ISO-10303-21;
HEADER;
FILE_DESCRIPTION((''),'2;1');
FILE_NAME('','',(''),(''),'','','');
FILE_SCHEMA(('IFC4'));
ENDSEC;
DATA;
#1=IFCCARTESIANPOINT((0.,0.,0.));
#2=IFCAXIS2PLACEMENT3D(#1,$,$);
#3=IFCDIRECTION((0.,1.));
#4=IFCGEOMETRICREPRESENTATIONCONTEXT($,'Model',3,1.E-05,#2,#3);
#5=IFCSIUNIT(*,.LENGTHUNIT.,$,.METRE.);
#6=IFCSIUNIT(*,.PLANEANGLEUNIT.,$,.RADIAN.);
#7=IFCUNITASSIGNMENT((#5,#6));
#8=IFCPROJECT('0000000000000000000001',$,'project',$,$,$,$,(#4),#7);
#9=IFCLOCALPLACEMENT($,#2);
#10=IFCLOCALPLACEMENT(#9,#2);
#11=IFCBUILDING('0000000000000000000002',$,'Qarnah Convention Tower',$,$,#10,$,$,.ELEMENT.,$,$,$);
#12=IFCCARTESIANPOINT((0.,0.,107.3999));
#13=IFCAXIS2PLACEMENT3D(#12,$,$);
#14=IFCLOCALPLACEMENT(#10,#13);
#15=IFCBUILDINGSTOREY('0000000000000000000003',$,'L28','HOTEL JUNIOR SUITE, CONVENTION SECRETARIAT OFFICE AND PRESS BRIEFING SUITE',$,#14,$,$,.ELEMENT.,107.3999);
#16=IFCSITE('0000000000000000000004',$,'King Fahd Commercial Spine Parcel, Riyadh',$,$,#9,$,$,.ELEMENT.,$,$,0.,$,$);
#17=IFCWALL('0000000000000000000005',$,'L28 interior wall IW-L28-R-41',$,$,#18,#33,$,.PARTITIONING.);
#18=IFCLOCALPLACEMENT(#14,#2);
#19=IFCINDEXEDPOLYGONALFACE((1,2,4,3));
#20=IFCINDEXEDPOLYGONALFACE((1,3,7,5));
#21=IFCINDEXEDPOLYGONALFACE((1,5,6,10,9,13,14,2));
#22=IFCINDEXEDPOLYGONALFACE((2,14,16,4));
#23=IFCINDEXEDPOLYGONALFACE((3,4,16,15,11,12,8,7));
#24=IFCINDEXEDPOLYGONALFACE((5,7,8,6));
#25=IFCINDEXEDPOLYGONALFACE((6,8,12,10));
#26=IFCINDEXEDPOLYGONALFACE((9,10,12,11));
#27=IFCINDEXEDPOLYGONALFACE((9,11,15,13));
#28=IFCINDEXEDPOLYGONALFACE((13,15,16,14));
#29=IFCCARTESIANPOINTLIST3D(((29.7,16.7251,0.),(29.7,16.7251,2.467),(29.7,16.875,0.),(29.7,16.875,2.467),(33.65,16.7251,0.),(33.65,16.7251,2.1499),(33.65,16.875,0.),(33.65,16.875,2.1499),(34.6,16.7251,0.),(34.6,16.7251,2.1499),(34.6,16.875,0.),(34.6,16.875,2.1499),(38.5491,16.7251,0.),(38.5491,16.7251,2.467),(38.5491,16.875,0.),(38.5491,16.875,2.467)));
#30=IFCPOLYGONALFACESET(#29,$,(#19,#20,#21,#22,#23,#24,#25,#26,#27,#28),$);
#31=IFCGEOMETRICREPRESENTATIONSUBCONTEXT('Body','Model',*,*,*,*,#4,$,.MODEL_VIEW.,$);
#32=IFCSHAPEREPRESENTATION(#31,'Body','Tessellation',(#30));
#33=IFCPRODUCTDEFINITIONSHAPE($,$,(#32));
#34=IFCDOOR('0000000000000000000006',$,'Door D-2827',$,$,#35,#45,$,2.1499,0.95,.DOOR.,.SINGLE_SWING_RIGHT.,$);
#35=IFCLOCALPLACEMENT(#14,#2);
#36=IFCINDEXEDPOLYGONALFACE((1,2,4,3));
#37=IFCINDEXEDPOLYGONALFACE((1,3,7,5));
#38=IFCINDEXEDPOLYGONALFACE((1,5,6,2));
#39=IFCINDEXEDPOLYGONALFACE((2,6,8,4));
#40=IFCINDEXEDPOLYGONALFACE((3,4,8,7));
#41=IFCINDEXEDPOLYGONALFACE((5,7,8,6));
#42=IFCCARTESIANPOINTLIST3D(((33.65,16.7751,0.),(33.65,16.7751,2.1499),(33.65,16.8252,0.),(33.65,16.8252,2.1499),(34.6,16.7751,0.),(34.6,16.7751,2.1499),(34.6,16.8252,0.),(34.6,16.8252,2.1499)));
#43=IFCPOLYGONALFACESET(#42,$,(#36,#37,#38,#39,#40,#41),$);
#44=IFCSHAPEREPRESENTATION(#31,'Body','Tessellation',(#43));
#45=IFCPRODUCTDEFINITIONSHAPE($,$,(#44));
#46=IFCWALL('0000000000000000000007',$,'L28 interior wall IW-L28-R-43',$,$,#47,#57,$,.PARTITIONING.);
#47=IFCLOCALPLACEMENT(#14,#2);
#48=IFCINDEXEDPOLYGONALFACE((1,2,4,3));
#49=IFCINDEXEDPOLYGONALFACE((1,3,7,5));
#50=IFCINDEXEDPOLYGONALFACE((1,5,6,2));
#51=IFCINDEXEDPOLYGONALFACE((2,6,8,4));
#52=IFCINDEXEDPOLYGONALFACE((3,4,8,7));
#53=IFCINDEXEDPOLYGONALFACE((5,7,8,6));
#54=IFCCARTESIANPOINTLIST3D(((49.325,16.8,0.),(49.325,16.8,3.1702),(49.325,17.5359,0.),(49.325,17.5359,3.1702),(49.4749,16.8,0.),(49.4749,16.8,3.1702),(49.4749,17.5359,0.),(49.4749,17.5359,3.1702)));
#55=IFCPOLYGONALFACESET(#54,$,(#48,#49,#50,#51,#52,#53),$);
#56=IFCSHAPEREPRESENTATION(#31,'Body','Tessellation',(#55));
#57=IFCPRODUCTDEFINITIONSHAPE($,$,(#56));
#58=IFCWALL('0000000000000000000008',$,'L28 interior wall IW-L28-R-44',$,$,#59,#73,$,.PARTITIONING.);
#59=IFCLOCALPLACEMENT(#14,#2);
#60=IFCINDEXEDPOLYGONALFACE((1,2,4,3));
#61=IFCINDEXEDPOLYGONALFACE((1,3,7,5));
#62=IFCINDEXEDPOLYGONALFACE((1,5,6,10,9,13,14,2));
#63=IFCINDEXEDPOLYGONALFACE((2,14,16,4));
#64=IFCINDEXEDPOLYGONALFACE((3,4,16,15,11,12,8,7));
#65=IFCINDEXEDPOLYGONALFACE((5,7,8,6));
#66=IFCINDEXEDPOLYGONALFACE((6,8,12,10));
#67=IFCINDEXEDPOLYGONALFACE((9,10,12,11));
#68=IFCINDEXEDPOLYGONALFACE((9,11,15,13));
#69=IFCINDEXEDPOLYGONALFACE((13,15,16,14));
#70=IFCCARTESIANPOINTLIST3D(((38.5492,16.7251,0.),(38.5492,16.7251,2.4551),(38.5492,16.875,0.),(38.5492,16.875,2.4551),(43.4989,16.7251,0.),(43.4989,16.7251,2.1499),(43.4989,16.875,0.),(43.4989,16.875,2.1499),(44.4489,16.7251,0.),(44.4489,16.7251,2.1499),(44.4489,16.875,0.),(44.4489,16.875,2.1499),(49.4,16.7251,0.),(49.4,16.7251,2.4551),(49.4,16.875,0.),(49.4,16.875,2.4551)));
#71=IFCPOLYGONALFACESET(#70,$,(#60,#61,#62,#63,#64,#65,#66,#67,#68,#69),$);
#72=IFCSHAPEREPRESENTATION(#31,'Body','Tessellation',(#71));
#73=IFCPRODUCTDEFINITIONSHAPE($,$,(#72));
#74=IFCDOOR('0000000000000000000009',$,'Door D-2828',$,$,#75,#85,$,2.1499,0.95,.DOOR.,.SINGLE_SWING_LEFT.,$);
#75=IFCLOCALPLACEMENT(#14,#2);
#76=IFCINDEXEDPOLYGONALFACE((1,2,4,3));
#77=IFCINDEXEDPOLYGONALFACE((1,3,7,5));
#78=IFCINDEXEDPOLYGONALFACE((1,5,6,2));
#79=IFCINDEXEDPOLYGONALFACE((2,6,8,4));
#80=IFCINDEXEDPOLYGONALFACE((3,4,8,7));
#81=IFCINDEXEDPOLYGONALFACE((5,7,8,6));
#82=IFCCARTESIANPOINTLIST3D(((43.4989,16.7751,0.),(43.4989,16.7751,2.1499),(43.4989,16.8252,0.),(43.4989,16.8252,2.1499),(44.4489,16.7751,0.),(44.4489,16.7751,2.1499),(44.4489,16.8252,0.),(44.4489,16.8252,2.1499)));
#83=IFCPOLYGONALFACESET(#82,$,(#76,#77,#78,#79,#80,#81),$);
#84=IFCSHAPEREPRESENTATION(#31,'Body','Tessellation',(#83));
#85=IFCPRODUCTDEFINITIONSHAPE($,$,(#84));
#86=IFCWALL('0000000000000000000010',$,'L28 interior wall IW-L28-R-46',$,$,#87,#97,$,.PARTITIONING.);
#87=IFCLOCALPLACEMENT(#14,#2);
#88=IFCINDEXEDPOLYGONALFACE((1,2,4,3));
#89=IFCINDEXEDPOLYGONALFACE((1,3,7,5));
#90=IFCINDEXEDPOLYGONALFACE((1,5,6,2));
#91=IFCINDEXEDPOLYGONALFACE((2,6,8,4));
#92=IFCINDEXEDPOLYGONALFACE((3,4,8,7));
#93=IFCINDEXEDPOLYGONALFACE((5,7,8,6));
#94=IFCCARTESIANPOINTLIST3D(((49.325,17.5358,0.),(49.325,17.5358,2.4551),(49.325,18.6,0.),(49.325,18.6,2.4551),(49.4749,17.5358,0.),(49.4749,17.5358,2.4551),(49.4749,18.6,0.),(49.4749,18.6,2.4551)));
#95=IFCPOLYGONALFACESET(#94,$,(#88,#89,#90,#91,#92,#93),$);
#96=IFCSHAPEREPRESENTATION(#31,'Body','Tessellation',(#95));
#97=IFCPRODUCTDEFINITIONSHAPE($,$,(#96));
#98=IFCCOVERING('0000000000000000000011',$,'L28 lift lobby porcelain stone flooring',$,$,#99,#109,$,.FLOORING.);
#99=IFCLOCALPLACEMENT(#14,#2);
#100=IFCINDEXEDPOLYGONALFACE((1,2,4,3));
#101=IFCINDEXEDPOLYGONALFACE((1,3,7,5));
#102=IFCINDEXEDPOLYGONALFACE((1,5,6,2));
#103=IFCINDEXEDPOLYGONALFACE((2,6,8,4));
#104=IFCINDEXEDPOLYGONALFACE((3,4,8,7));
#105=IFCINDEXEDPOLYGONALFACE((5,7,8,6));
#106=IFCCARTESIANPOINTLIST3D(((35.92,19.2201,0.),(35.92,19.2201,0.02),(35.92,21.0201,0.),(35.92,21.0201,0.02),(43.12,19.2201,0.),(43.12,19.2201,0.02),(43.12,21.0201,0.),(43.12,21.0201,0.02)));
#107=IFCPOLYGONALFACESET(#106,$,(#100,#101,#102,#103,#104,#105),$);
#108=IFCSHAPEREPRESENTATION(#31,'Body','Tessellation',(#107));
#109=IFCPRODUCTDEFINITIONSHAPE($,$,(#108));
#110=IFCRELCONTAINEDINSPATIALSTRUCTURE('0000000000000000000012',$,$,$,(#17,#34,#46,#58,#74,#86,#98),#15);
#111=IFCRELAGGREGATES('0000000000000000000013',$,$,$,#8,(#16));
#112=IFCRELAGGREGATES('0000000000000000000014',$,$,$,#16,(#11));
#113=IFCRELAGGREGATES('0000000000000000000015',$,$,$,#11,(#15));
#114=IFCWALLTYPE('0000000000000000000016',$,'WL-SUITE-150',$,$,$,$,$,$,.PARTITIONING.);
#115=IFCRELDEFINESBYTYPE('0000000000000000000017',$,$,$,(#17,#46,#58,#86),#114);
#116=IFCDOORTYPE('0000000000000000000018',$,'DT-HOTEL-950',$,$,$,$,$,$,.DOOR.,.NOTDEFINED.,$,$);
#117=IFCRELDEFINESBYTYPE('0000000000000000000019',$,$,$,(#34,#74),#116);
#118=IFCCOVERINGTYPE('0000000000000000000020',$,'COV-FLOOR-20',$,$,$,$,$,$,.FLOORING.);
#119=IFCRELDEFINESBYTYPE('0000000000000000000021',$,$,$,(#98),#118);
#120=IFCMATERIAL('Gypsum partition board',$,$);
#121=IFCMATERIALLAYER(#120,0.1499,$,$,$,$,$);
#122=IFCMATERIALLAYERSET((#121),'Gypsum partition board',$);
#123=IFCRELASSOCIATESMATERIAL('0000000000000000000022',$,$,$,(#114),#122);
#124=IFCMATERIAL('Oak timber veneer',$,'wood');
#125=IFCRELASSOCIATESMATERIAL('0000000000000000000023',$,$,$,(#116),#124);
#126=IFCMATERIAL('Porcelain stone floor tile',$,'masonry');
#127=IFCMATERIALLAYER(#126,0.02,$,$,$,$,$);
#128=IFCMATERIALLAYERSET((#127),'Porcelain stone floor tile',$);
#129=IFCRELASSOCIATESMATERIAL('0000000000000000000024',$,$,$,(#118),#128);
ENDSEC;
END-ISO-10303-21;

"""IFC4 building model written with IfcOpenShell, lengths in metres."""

from ifc_helpers import new_model, si_unit, direction, frame, frame_2d, origin, origin_2d, place, context, subcontext, project, spatial, rectangle, extrude, material, layer, layer_set, type_object, element, fill, save


model = new_model("IFC4")

# Units and contexts
model_context = context("Model", 3, precision=1e-05, world=origin(), true_north=direction((0.0, 1.0)))
body_context = subcontext(model_context, "Body", "Model", "MODEL_VIEW")
ifc_project = project(units=[si_unit("LENGTHUNIT", "METRE"), si_unit("PLANEANGLEUNIT", "RADIAN")], contexts=[model_context])

# Site, building, storey
site_placement = place(None, origin())
site = spatial("IfcSite", under=ifc_project, at=site_placement, Name="King Fahd Commercial Spine Parcel, Riyadh", CompositionType="ELEMENT", RefElevation=0.0)
building_placement = place(site_placement, origin())
building = spatial("IfcBuilding", under=site, at=building_placement, Name="Qarnah Convention Tower", CompositionType="ELEMENT")
storey_placement = place(building_placement, frame((0.0, 0.0, 107.3999)))
storey = spatial("IfcBuildingStorey", under=building, at=storey_placement, Name="L28", Description="HOTEL JUNIOR SUITE, CONVENTION SECRETARIAT OFFICE AND PRESS BRIEFING SUITE", CompositionType="ELEMENT", Elevation=107.3999)

# Wall, opening, door
ifc_material_1 = material(Name="Gypsum partition board")
ifc_layer_1 = layer(ifc_material_1, 0.1499)
ifc_layer_set_1 = layer_set([ifc_layer_1], Name="Gypsum partition board")
wall_type_1 = type_object("IfcWallType", Name="WL-SUITE-150", PredefinedType="PARTITIONING", material=ifc_layer_set_1)
wall_1_placement = place(storey_placement, frame((38.5491, 16.8, 0.0), z_axis=(0.0, 0.0, 1.0), x_axis=(-1.0, 0.0, 0.0)))
wall_1 = element("IfcWall", 1, at=wall_1_placement, inside=storey, type_object=wall_type_1, Name="L28 interior wall IW-L28-R-41", PredefinedType="PARTITIONING", context=body_context, shape_type="SweptSolid", body=[
    extrude(rectangle(XDim=8.8491, YDim=0.1499, at=frame_2d((4.4246, 0.0))), origin(), (0.0, 0.0, 1.0), 2.467),
])
opening_1_placement = place(wall_1_placement, frame((3.949, 0.0, 0.0)))
opening_1 = element("IfcOpeningElement", 2, at=opening_1_placement, cuts=wall_1, PredefinedType="OPENING", context=body_context, shape_type="SweptSolid", body=[
    extrude(rectangle(XDim=0.95, YDim=2.1499, at=frame_2d((0.4751, 1.075))), frame((0.0, 0.085, 0.0), z_axis=(0.0, -1.0, 0.0), x_axis=(1.0, 0.0, 0.0)), (0.0, 0.0, 1.0), 0.1699),
])
ifc_material_2 = material(Name="Oak timber veneer", Category="wood")
door_type_1 = type_object("IfcDoorType", Name="DT-HOTEL-950", OperationType="NOTDEFINED", PredefinedType="DOOR", material=ifc_material_2)
door_1_placement = place(opening_1_placement, origin())
door_1 = element("IfcDoor", 3, at=door_1_placement, inside=storey, type_object=door_type_1, Name="Door D-2827", OperationType="SINGLE_SWING_RIGHT", OverallHeight=2.1499, OverallWidth=0.95, PredefinedType="DOOR", context=body_context, shape_type="SweptSolid", body=[
    extrude(rectangle(XDim=0.95, YDim=2.1499, at=frame_2d((0.4751, 1.075))), frame((0.0, 0.0249, 0.0), z_axis=(0.0, -1.0, 0.0), x_axis=(1.0, 0.0, 0.0)), (0.0, 0.0, 1.0), 0.05),
])
fill(opening_1, door_1)

# Wall
wall_2_placement = place(storey_placement, frame((49.3999, 17.5359, 0.0), z_axis=(0.0, 0.0, 1.0), x_axis=(0.0, -1.0, 0.0)))
element("IfcWall", 4, at=wall_2_placement, inside=storey, type_object=wall_type_1, Name="L28 interior wall IW-L28-R-43", PredefinedType="PARTITIONING", context=body_context, shape_type="SweptSolid", body=[
    extrude(rectangle(XDim=0.7358, YDim=0.1499, at=frame_2d((0.3679, 0.0))), origin(), (0.0, 0.0, 1.0), 3.1702),
])

# Wall, opening, door
wall_3_placement = place(storey_placement, frame((49.3999, 16.8, 0.0), z_axis=(0.0, 0.0, 1.0), x_axis=(-1.0, 0.0, 0.0)))
wall_3 = element("IfcWall", 5, at=wall_3_placement, inside=storey, type_object=wall_type_1, Name="L28 interior wall IW-L28-R-44", PredefinedType="PARTITIONING", context=body_context, shape_type="SweptSolid", body=[
    extrude(rectangle(XDim=10.8508, YDim=0.1499, at=frame_2d((5.4253, 0.0))), origin(), (0.0, 0.0, 1.0), 2.4551),
])
opening_2_placement = place(wall_3_placement, frame((4.9509, 0.0, 0.0)))
opening_2 = element("IfcOpeningElement", 6, at=opening_2_placement, cuts=wall_3, PredefinedType="OPENING", context=body_context, shape_type="SweptSolid", body=[
    extrude(rectangle(XDim=0.95, YDim=2.1499, at=frame_2d((0.4751, 1.075))), frame((0.0, 0.085, 0.0), z_axis=(0.0, -1.0, 0.0), x_axis=(1.0, 0.0, 0.0)), (0.0, 0.0, 1.0), 0.1699),
])
door_2_placement = place(opening_2_placement, origin())
door_2 = element("IfcDoor", 7, at=door_2_placement, inside=storey, type_object=door_type_1, Name="Door D-2828", OperationType="SINGLE_SWING_LEFT", OverallHeight=2.1499, OverallWidth=0.95, PredefinedType="DOOR", context=body_context, shape_type="SweptSolid", body=[
    extrude(rectangle(XDim=0.95, YDim=2.1499, at=frame_2d((0.4751, 1.075))), frame((0.0, 0.0249, 0.0), z_axis=(0.0, -1.0, 0.0), x_axis=(1.0, 0.0, 0.0)), (0.0, 0.0, 1.0), 0.05),
])
fill(opening_2, door_2)

# Wall
wall_4_placement = place(storey_placement, frame((49.3999, 18.6001, 0.0), z_axis=(0.0, 0.0, 1.0), x_axis=(0.0, -1.0, 0.0)))
element("IfcWall", 8, at=wall_4_placement, inside=storey, type_object=wall_type_1, Name="L28 interior wall IW-L28-R-46", PredefinedType="PARTITIONING", context=body_context, shape_type="SweptSolid", body=[
    extrude(rectangle(XDim=1.0642, YDim=0.1499, at=frame_2d((0.5322, 0.0))), origin(), (0.0, 0.0, 1.0), 2.4551),
])

# Covering
ifc_material_3 = material(Name="Porcelain stone floor tile", Category="masonry")
ifc_layer_2 = layer(ifc_material_3, 0.02)
ifc_layer_set_2 = layer_set([ifc_layer_2], Name="Porcelain stone floor tile")
covering_type = type_object("IfcCoveringType", Name="COV-FLOOR-20", PredefinedType="FLOORING", material=ifc_layer_set_2)
covering_placement = place(storey_placement, frame((39.52, 20.1201, 0.0), z_axis=(0.0, 0.0, 1.0), x_axis=(1.0, 0.0, 0.0)))
element("IfcCovering", 9, at=covering_placement, inside=storey, type_object=covering_type, Name="L28 lift lobby porcelain stone flooring", PredefinedType="FLOORING", context=body_context, shape_type="SweptSolid", body=[
    extrude(rectangle(XDim=7.2, YDim=1.8, at=origin_2d()), origin(), (0.0, 0.0, 1.0), 0.02),
])

save(model, "model.ifc")
